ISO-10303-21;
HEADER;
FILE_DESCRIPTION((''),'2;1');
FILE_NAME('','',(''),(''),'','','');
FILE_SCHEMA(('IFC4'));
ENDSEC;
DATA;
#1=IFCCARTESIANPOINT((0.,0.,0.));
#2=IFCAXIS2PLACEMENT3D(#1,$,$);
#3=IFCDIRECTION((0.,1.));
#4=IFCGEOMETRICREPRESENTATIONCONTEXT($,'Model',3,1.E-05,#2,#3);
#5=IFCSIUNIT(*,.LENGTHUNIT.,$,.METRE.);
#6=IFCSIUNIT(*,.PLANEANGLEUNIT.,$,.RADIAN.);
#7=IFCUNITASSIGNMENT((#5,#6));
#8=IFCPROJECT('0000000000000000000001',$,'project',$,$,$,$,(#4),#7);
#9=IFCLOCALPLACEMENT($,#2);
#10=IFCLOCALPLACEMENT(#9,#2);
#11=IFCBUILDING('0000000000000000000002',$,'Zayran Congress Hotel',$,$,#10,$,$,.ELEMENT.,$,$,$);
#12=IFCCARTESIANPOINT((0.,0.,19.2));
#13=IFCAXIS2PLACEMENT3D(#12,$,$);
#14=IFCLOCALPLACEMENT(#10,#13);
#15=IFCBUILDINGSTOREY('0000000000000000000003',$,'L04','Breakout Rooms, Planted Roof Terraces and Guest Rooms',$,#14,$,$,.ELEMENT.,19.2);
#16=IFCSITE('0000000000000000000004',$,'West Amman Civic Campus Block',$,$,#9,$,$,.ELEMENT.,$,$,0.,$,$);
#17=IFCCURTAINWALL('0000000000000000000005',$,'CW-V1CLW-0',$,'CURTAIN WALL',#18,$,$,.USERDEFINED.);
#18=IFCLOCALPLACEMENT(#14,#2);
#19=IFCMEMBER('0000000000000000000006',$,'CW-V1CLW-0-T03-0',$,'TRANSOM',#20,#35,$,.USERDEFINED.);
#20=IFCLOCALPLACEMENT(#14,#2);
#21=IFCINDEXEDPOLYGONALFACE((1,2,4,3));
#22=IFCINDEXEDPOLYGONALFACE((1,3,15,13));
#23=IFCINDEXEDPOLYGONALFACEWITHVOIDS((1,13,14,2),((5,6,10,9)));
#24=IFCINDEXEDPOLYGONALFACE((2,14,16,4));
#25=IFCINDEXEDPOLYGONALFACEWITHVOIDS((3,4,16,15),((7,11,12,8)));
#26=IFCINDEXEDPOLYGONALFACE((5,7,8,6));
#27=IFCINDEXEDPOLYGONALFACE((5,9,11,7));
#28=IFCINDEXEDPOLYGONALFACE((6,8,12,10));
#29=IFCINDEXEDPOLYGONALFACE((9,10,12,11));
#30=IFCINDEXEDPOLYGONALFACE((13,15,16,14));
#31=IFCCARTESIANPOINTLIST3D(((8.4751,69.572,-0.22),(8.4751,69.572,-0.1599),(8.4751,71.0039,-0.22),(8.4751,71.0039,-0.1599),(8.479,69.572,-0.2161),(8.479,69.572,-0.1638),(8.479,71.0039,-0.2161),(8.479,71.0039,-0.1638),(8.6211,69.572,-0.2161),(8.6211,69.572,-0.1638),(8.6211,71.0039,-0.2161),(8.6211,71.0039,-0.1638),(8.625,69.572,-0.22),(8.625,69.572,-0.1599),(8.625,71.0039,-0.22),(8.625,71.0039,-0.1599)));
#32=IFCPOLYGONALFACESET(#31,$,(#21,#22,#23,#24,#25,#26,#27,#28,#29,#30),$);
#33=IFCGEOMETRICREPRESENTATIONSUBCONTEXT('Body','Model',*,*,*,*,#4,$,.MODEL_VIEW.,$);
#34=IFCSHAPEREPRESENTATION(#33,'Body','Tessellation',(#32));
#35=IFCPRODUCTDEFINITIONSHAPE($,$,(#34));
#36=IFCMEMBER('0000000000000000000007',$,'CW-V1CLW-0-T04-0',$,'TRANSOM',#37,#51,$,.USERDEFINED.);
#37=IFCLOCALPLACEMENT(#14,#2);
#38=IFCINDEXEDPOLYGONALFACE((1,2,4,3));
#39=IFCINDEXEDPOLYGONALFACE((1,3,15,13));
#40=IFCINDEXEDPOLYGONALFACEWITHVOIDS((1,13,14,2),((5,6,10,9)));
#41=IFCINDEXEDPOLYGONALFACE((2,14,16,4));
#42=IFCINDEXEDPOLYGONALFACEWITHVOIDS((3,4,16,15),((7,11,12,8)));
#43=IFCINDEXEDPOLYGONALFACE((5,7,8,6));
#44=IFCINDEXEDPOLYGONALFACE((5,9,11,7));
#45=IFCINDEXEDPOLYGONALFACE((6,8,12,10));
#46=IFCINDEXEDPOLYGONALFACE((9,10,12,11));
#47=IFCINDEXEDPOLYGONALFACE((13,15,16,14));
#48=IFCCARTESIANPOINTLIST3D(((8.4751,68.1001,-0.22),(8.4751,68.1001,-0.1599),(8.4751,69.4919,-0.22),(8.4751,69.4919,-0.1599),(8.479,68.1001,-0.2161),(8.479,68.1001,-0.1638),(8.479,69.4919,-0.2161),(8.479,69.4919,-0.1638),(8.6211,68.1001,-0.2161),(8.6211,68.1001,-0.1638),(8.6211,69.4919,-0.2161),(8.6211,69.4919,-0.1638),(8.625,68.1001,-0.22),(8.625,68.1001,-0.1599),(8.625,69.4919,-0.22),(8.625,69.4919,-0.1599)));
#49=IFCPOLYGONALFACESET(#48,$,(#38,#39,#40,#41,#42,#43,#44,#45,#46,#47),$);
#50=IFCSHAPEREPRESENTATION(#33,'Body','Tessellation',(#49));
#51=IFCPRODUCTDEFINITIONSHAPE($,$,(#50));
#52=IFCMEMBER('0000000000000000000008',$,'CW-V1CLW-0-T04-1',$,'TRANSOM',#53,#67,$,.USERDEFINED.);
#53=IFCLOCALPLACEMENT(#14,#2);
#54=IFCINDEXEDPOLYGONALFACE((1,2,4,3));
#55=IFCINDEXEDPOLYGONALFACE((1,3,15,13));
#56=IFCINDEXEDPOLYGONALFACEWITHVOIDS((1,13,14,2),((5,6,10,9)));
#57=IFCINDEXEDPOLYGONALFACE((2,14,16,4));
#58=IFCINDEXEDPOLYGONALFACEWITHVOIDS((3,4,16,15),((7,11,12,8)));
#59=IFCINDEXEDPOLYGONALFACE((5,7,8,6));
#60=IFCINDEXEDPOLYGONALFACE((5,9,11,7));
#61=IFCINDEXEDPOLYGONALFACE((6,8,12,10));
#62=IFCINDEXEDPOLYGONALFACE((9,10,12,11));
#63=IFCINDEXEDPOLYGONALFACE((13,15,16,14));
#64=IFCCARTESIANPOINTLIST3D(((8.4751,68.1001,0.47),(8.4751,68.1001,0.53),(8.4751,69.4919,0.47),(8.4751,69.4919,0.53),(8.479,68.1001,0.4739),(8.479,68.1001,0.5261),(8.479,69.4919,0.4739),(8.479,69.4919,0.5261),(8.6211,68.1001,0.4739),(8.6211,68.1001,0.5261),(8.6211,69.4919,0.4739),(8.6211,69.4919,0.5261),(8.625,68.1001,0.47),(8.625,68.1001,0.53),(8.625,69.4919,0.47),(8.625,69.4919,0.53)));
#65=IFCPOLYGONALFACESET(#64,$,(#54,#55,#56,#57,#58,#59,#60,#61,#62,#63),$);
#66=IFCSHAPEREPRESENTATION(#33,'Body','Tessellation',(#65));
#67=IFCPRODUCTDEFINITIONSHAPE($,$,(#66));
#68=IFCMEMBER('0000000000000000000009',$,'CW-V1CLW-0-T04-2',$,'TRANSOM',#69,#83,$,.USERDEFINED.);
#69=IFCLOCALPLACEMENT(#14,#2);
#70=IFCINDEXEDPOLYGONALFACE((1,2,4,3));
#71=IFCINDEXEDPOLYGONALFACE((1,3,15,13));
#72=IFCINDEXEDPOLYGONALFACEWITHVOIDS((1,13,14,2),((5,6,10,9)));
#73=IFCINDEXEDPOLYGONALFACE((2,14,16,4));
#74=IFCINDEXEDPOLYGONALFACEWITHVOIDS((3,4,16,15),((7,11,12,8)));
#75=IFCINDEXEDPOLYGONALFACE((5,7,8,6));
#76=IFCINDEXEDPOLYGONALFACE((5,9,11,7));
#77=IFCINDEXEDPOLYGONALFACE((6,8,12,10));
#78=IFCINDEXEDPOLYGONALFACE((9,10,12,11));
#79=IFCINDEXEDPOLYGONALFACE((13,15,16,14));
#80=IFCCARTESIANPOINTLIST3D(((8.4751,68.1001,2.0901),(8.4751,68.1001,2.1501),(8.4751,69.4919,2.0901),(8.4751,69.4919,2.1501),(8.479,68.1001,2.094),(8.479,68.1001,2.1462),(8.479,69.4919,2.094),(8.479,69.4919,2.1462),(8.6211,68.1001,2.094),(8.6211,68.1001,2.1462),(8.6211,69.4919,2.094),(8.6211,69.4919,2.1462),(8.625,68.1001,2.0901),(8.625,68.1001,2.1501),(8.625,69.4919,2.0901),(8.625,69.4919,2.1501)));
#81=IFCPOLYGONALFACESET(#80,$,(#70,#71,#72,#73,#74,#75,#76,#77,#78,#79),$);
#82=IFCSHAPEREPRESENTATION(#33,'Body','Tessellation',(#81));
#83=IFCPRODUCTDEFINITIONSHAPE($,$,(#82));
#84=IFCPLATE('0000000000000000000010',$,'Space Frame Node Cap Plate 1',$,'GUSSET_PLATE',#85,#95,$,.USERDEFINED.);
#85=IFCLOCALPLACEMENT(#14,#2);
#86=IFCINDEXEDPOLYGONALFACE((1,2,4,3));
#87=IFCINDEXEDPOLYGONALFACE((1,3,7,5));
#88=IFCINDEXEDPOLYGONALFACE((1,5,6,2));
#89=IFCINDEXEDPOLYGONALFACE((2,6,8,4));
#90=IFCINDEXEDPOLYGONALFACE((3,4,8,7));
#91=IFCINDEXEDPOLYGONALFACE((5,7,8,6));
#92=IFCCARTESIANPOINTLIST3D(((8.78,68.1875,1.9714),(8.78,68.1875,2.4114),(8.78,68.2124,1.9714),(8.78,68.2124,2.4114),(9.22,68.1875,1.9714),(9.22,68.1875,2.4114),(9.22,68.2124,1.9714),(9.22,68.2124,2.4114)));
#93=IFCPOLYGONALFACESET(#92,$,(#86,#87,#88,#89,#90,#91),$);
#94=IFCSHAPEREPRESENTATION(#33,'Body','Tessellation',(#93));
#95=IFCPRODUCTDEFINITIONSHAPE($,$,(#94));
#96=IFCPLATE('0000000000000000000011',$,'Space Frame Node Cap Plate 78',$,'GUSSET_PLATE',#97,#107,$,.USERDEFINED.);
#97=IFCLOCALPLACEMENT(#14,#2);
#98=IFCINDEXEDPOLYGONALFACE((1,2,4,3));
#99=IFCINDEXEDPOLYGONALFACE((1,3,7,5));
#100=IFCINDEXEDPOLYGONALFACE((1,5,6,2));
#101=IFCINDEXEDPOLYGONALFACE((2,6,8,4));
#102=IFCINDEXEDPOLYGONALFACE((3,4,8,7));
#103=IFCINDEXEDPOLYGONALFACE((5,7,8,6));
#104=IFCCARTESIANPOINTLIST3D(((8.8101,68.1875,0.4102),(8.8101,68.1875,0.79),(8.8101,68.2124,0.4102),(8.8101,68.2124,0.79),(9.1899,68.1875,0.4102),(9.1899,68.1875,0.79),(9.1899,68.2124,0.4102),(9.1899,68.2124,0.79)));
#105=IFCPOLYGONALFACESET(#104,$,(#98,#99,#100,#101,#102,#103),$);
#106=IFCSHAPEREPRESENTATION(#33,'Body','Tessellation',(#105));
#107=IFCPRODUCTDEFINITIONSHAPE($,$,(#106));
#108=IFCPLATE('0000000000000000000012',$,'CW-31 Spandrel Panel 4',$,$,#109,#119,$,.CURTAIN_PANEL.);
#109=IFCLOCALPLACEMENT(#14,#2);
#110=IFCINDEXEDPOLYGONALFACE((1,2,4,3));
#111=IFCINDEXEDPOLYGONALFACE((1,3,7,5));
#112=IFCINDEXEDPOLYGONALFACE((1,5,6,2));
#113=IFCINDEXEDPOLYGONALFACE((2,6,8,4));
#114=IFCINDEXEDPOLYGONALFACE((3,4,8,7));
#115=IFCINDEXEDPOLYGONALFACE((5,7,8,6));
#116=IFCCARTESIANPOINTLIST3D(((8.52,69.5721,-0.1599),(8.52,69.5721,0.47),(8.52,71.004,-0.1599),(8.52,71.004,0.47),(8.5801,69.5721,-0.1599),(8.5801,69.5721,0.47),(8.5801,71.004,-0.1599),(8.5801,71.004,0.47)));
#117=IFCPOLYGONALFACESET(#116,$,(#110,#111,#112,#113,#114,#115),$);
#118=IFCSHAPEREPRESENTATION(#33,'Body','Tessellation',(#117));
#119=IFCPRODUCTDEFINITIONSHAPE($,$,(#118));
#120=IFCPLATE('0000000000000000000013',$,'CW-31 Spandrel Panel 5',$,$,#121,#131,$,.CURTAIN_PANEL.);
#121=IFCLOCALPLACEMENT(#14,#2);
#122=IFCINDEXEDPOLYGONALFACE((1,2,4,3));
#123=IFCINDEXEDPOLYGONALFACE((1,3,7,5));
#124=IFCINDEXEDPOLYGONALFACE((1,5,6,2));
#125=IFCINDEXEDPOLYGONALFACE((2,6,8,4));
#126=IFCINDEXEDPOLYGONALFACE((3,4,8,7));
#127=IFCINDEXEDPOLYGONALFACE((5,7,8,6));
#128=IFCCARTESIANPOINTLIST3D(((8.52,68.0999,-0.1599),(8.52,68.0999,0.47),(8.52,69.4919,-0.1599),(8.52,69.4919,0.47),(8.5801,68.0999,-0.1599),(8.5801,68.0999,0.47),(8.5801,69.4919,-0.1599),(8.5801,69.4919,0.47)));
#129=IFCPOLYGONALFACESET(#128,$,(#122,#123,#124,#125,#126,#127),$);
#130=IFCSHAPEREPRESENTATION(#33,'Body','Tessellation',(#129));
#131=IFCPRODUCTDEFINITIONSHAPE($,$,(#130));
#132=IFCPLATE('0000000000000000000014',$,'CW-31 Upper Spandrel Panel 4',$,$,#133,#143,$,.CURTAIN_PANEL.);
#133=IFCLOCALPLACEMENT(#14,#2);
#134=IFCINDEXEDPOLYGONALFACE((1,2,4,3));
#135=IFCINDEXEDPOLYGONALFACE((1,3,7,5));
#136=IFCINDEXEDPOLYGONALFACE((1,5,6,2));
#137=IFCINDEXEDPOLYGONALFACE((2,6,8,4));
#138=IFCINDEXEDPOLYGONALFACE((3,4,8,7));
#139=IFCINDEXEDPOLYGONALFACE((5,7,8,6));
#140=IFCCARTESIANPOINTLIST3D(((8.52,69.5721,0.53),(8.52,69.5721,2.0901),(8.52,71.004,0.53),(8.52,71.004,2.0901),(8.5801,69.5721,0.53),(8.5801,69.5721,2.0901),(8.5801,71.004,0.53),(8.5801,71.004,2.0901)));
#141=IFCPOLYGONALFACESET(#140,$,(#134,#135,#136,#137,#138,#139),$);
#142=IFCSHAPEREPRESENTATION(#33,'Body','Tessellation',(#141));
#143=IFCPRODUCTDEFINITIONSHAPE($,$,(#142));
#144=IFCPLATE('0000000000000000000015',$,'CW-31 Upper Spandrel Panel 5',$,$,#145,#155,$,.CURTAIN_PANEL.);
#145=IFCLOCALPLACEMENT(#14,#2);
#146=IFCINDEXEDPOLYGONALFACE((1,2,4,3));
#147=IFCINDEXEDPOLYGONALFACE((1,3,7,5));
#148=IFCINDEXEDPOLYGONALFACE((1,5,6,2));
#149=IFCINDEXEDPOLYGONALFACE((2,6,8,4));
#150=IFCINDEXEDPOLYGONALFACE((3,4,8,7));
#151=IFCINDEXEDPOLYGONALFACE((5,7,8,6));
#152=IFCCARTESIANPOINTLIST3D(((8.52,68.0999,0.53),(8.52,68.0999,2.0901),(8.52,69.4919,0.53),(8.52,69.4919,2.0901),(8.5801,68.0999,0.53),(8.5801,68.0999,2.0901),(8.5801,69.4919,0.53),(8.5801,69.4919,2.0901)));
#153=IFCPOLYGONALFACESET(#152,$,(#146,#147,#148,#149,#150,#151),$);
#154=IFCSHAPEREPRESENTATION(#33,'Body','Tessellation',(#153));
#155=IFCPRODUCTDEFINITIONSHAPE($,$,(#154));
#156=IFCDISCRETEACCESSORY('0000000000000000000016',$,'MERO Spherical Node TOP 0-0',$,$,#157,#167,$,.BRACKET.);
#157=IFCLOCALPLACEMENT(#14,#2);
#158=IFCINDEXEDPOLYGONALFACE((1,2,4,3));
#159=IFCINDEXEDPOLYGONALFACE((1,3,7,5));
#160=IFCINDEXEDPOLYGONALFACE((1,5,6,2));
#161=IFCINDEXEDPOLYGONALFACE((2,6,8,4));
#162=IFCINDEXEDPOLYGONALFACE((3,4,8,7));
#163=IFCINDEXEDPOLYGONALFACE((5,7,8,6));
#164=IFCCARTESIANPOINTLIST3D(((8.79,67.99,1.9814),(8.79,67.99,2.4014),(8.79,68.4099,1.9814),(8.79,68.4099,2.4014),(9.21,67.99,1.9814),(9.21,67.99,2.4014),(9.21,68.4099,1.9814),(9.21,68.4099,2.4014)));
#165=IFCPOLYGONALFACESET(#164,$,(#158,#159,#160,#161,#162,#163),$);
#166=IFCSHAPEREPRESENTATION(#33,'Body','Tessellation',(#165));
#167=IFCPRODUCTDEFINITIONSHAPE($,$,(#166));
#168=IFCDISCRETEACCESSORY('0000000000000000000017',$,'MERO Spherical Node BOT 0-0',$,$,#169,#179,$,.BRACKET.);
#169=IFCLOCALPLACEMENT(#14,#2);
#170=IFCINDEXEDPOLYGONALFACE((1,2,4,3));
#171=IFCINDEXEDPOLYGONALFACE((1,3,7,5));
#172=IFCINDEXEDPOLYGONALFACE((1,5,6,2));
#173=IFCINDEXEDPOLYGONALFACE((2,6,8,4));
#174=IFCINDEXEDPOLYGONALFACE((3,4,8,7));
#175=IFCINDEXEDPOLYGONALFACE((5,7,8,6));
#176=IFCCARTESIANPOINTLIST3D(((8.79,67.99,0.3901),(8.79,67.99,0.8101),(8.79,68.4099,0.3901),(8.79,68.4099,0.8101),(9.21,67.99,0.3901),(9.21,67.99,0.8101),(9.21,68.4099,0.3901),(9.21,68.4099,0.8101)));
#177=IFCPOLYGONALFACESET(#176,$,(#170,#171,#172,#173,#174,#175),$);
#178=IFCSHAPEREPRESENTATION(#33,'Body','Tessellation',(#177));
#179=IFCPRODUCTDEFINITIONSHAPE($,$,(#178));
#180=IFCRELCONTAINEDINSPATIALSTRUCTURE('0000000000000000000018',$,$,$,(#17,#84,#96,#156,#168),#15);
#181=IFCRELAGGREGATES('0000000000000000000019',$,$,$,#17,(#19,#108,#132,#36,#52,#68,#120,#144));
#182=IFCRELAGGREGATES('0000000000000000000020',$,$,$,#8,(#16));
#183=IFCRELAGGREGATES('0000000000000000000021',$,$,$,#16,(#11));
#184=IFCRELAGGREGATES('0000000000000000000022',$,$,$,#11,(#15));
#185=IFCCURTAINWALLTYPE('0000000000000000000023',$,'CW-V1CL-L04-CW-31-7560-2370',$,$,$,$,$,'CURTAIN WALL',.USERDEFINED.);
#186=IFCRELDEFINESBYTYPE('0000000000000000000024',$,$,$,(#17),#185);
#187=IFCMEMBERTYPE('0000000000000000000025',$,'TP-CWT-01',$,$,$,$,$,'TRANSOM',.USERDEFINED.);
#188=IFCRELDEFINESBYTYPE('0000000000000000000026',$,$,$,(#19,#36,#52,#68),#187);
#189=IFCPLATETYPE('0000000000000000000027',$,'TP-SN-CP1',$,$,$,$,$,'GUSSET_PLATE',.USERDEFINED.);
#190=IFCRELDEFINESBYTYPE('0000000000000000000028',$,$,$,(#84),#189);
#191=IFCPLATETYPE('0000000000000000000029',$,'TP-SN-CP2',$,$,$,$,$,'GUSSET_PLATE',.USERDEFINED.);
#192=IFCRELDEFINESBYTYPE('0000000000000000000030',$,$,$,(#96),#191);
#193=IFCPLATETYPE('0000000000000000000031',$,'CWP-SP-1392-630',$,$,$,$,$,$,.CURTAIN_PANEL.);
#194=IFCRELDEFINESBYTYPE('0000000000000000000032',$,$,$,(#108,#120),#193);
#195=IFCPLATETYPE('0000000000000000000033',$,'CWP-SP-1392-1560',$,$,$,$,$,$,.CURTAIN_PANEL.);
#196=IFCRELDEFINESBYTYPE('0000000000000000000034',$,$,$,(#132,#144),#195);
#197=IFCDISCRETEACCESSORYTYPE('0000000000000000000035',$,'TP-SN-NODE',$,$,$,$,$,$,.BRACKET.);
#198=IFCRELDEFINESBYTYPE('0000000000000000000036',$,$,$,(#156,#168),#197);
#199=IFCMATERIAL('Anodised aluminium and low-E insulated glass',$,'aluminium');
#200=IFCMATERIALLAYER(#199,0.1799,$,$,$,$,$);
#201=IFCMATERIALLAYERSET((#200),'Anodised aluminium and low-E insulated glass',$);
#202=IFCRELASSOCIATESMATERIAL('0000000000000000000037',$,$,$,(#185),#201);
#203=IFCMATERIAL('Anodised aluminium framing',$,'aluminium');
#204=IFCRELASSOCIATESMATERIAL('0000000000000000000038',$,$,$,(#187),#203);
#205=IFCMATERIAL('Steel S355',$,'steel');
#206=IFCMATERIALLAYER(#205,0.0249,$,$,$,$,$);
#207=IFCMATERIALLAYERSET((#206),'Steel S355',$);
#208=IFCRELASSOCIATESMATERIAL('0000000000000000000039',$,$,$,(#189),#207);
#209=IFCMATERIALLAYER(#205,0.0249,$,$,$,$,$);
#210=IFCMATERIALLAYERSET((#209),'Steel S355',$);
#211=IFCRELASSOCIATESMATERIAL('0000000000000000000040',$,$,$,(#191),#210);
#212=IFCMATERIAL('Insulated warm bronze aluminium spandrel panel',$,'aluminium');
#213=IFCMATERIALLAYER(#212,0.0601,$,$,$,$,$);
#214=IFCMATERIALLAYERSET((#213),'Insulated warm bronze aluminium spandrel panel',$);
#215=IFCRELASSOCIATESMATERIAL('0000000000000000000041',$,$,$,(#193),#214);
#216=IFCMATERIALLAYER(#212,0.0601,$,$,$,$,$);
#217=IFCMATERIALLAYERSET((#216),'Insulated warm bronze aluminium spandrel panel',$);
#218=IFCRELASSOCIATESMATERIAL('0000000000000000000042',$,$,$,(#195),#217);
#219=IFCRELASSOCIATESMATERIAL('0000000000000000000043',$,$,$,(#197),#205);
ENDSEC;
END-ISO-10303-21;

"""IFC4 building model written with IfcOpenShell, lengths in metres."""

from ifc_helpers import new_model, si_unit, direction, frame, origin, origin_2d, place, context, subcontext, project, spatial, rectangle, hollow_rectangle, extrude, material, layer, layer_set, material_profile, profile_set, type_object, element, aggregate, save


model = new_model("IFC4")

# Units and contexts
model_context = context("Model", 3, precision=1e-05, world=origin(), true_north=direction((0.0, 1.0)))
body_context = subcontext(model_context, "Body", "Model", "MODEL_VIEW")
ifc_project = project(units=[si_unit("LENGTHUNIT", "METRE"), si_unit("PLANEANGLEUNIT", "RADIAN")], contexts=[model_context])

# Site, building, storey
site_placement = place(None, origin())
site = spatial("IfcSite", under=ifc_project, at=site_placement, Name="West Amman Civic Campus Block", CompositionType="ELEMENT", RefElevation=0.0)
building_placement = place(site_placement, origin())
building = spatial("IfcBuilding", under=site, at=building_placement, Name="Zayran Congress Hotel", CompositionType="ELEMENT")
storey_placement = place(building_placement, frame((0.0, 0.0, 19.2)))
storey = spatial("IfcBuildingStorey", under=building, at=storey_placement, Name="L04", Description="Breakout Rooms, Planted Roof Terraces and Guest Rooms", CompositionType="ELEMENT", Elevation=19.2)

# Shared definitions
ifc_material_1 = material(Name="Steel S355", Category="steel")

# Curtain wall, members
ifc_material_2 = material(Name="Anodised aluminium and low-E insulated glass", Category="aluminium")
ifc_layer_1 = layer(ifc_material_2, 0.1799)
ifc_layer_set_1 = layer_set([ifc_layer_1], Name="Anodised aluminium and low-E insulated glass")
curtain_wall_type = type_object("IfcCurtainWallType", Name="CW-V1CL-L04-CW-31-7560-2370", ElementType="CURTAIN WALL", PredefinedType="USERDEFINED", material=ifc_layer_set_1)
curtain_wall_placement = place(storey_placement, origin())
curtain_wall = element("IfcCurtainWall", 1, at=curtain_wall_placement, inside=storey, type_object=curtain_wall_type, Name="CW-V1CLW-0", ObjectType="CURTAIN WALL", PredefinedType="USERDEFINED")
ifc_material_3 = material(Name="Anodised aluminium framing", Category="aluminium")
ifc_material_profile_1 = material_profile(ifc_material_3, hollow_rectangle(XDim=0.0601, YDim=0.1499, WallThickness=0.0039, at=origin_2d()), Name="RHS 150x60x4")
ifc_profile_set_1 = profile_set([ifc_material_profile_1], Name="Anodised aluminium framing")
member_type_1 = type_object("IfcMemberType", Name="TP-CWT-01", ElementType="TRANSOM", PredefinedType="USERDEFINED", material=ifc_profile_set_1)
member_1_placement = place(storey_placement, frame((8.55, 71.0039, -0.1899), z_axis=(0.0, -1.0, 0.0), x_axis=(0.0, 0.0, 1.0)))
member_1 = element("IfcMember", 2, at=member_1_placement, type_object=member_type_1, Name="CW-V1CLW-0-T03-0", ObjectType="TRANSOM", PredefinedType="USERDEFINED", context=body_context, shape_type="SweptSolid", body=[
    extrude(hollow_rectangle(XDim=0.0601, YDim=0.1499, WallThickness=0.0039, at=origin_2d()), origin(), (0.0, 0.0, 1.0), 1.4319),
])
member_2_placement = place(storey_placement, frame((8.55, 69.4919, -0.1899), z_axis=(0.0, -1.0, 0.0), x_axis=(0.0, 0.0, 1.0)))
member_2 = element("IfcMember", 3, at=member_2_placement, type_object=member_type_1, Name="CW-V1CLW-0-T04-0", ObjectType="TRANSOM", PredefinedType="USERDEFINED", context=body_context, shape_type="SweptSolid", body=[
    extrude(hollow_rectangle(XDim=0.0601, YDim=0.1499, WallThickness=0.0039, at=origin_2d()), origin(), (0.0, 0.0, 1.0), 1.3918),
])
member_3_placement = place(storey_placement, frame((8.55, 69.4919, 0.5), z_axis=(0.0, -1.0, 0.0), x_axis=(0.0, 0.0, 1.0)))
member_3 = element("IfcMember", 4, at=member_3_placement, type_object=member_type_1, Name="CW-V1CLW-0-T04-1", ObjectType="TRANSOM", PredefinedType="USERDEFINED", context=body_context, shape_type="SweptSolid", body=[
    extrude(hollow_rectangle(XDim=0.0601, YDim=0.1499, WallThickness=0.0039, at=origin_2d()), origin(), (0.0, 0.0, 1.0), 1.3918),
])
member_4_placement = place(storey_placement, frame((8.55, 69.4919, 2.1201), z_axis=(0.0, -1.0, 0.0), x_axis=(0.0, 0.0, 1.0)))
member_4 = element("IfcMember", 5, at=member_4_placement, type_object=member_type_1, Name="CW-V1CLW-0-T04-2", ObjectType="TRANSOM", PredefinedType="USERDEFINED", context=body_context, shape_type="SweptSolid", body=[
    extrude(hollow_rectangle(XDim=0.0601, YDim=0.1499, WallThickness=0.0039, at=origin_2d()), origin(), (0.0, 0.0, 1.0), 1.3918),
])

# Plates
ifc_layer_2 = layer(ifc_material_1, 0.0249)
ifc_layer_set_2 = layer_set([ifc_layer_2], Name="Steel S355")
plate_type_1 = type_object("IfcPlateType", Name="TP-SN-CP1", ElementType="GUSSET_PLATE", PredefinedType="USERDEFINED", material=ifc_layer_set_2)
plate_1_placement = place(storey_placement, frame((9.0, 68.2, 1.9714), z_axis=(0.0, 0.0, 1.0), x_axis=(1.0, 0.0, 0.0)))
element("IfcPlate", 6, at=plate_1_placement, inside=storey, type_object=plate_type_1, Name="Space Frame Node Cap Plate 1", ObjectType="GUSSET_PLATE", PredefinedType="USERDEFINED", context=body_context, shape_type="SweptSolid", body=[
    extrude(rectangle(XDim=0.4399, YDim=0.0249, at=origin_2d()), origin(), (0.0, 0.0, 1.0), 0.4399),
])
ifc_layer_3 = layer(ifc_material_1, 0.0249)
ifc_layer_set_3 = layer_set([ifc_layer_3], Name="Steel S355")
plate_type_2 = type_object("IfcPlateType", Name="TP-SN-CP2", ElementType="GUSSET_PLATE", PredefinedType="USERDEFINED", material=ifc_layer_set_3)
plate_2_placement = place(storey_placement, frame((9.0, 68.2, 0.4102), z_axis=(0.0, 0.0, 1.0), x_axis=(1.0, 0.0, 0.0)))
element("IfcPlate", 7, at=plate_2_placement, inside=storey, type_object=plate_type_2, Name="Space Frame Node Cap Plate 78", ObjectType="GUSSET_PLATE", PredefinedType="USERDEFINED", context=body_context, shape_type="SweptSolid", body=[
    extrude(rectangle(XDim=0.3799, YDim=0.0249, at=origin_2d()), origin(), (0.0, 0.0, 1.0), 0.3799),
])

# Plates
ifc_material_4 = material(Name="Insulated warm bronze aluminium spandrel panel", Category="aluminium")
ifc_layer_4 = layer(ifc_material_4, 0.0601)
ifc_layer_set_4 = layer_set([ifc_layer_4], Name="Insulated warm bronze aluminium spandrel panel")
plate_type_3 = type_object("IfcPlateType", Name="CWP-SP-1392-630", PredefinedType="CURTAIN_PANEL", material=ifc_layer_set_4)
plate_3_placement = place(storey_placement, frame((8.55, 70.2881, -0.1599), z_axis=(0.0, 0.0, 1.0), x_axis=(0.0, 1.0, 0.0)))
plate_3 = element("IfcPlate", 8, at=plate_3_placement, type_object=plate_type_3, Name="CW-31 Spandrel Panel 4", PredefinedType="CURTAIN_PANEL", context=body_context, shape_type="SweptSolid", body=[
    extrude(rectangle(XDim=1.4319, YDim=0.0601, at=origin_2d()), origin(), (0.0, 0.0, 1.0), 0.6299),
])
plate_4_placement = place(storey_placement, frame((8.55, 68.7959, -0.1599), z_axis=(0.0, 0.0, 1.0), x_axis=(0.0, 1.0, 0.0)))
plate_4 = element("IfcPlate", 9, at=plate_4_placement, type_object=plate_type_3, Name="CW-31 Spandrel Panel 5", PredefinedType="CURTAIN_PANEL", context=body_context, shape_type="SweptSolid", body=[
    extrude(rectangle(XDim=1.3921, YDim=0.0601, at=origin_2d()), origin(), (0.0, 0.0, 1.0), 0.6299),
])
ifc_layer_5 = layer(ifc_material_4, 0.0601)
ifc_layer_set_5 = layer_set([ifc_layer_5], Name="Insulated warm bronze aluminium spandrel panel")
plate_type_4 = type_object("IfcPlateType", Name="CWP-SP-1392-1560", PredefinedType="CURTAIN_PANEL", material=ifc_layer_set_5)
plate_5_placement = place(storey_placement, frame((8.55, 70.2881, 0.53), z_axis=(0.0, 0.0, 1.0), x_axis=(0.0, 1.0, 0.0)))
plate_5 = element("IfcPlate", 10, at=plate_5_placement, type_object=plate_type_4, Name="CW-31 Upper Spandrel Panel 4", PredefinedType="CURTAIN_PANEL", context=body_context, shape_type="SweptSolid", body=[
    extrude(rectangle(XDim=1.4319, YDim=0.0601, at=origin_2d()), origin(), (0.0, 0.0, 1.0), 1.5601),
])
plate_6_placement = place(storey_placement, frame((8.55, 68.7959, 0.53), z_axis=(0.0, 0.0, 1.0), x_axis=(0.0, 1.0, 0.0)))
plate_6 = element("IfcPlate", 11, at=plate_6_placement, type_object=plate_type_4, Name="CW-31 Upper Spandrel Panel 5", PredefinedType="CURTAIN_PANEL", context=body_context, shape_type="SweptSolid", body=[
    extrude(rectangle(XDim=1.3921, YDim=0.0601, at=origin_2d()), origin(), (0.0, 0.0, 1.0), 1.5601),
])
aggregate(curtain_wall, [member_1, plate_3, plate_5, member_2, member_3, member_4, plate_4, plate_6])

# Discrete accessories
discrete_accessory_type = type_object("IfcDiscreteAccessoryType", Name="TP-SN-NODE", PredefinedType="BRACKET", material=ifc_material_1)
for number, where, z_axis, x_axis, name in (
    (12, (9.0, 68.2, 1.9814), (0.0, 0.0, 1.0), (1.0, 0.0, 0.0), "MERO Spherical Node TOP 0-0"),
    (13, (9.0, 68.2, 0.3901), (0.0, 0.0, 1.0), (1.0, 0.0, 0.0), "MERO Spherical Node BOT 0-0"),
):
    element("IfcDiscreteAccessory", number, at=place(storey_placement, frame(where, z_axis=z_axis, x_axis=x_axis)), inside=storey, type_object=discrete_accessory_type, Name=name, PredefinedType="BRACKET", context=body_context, shape_type="SweptSolid", body=[
        extrude(rectangle(XDim=0.4199, YDim=0.4199, at=origin_2d()), origin(), (0.0, 0.0, 1.0), 0.4199),
    ])

save(model, "model.ifc")
